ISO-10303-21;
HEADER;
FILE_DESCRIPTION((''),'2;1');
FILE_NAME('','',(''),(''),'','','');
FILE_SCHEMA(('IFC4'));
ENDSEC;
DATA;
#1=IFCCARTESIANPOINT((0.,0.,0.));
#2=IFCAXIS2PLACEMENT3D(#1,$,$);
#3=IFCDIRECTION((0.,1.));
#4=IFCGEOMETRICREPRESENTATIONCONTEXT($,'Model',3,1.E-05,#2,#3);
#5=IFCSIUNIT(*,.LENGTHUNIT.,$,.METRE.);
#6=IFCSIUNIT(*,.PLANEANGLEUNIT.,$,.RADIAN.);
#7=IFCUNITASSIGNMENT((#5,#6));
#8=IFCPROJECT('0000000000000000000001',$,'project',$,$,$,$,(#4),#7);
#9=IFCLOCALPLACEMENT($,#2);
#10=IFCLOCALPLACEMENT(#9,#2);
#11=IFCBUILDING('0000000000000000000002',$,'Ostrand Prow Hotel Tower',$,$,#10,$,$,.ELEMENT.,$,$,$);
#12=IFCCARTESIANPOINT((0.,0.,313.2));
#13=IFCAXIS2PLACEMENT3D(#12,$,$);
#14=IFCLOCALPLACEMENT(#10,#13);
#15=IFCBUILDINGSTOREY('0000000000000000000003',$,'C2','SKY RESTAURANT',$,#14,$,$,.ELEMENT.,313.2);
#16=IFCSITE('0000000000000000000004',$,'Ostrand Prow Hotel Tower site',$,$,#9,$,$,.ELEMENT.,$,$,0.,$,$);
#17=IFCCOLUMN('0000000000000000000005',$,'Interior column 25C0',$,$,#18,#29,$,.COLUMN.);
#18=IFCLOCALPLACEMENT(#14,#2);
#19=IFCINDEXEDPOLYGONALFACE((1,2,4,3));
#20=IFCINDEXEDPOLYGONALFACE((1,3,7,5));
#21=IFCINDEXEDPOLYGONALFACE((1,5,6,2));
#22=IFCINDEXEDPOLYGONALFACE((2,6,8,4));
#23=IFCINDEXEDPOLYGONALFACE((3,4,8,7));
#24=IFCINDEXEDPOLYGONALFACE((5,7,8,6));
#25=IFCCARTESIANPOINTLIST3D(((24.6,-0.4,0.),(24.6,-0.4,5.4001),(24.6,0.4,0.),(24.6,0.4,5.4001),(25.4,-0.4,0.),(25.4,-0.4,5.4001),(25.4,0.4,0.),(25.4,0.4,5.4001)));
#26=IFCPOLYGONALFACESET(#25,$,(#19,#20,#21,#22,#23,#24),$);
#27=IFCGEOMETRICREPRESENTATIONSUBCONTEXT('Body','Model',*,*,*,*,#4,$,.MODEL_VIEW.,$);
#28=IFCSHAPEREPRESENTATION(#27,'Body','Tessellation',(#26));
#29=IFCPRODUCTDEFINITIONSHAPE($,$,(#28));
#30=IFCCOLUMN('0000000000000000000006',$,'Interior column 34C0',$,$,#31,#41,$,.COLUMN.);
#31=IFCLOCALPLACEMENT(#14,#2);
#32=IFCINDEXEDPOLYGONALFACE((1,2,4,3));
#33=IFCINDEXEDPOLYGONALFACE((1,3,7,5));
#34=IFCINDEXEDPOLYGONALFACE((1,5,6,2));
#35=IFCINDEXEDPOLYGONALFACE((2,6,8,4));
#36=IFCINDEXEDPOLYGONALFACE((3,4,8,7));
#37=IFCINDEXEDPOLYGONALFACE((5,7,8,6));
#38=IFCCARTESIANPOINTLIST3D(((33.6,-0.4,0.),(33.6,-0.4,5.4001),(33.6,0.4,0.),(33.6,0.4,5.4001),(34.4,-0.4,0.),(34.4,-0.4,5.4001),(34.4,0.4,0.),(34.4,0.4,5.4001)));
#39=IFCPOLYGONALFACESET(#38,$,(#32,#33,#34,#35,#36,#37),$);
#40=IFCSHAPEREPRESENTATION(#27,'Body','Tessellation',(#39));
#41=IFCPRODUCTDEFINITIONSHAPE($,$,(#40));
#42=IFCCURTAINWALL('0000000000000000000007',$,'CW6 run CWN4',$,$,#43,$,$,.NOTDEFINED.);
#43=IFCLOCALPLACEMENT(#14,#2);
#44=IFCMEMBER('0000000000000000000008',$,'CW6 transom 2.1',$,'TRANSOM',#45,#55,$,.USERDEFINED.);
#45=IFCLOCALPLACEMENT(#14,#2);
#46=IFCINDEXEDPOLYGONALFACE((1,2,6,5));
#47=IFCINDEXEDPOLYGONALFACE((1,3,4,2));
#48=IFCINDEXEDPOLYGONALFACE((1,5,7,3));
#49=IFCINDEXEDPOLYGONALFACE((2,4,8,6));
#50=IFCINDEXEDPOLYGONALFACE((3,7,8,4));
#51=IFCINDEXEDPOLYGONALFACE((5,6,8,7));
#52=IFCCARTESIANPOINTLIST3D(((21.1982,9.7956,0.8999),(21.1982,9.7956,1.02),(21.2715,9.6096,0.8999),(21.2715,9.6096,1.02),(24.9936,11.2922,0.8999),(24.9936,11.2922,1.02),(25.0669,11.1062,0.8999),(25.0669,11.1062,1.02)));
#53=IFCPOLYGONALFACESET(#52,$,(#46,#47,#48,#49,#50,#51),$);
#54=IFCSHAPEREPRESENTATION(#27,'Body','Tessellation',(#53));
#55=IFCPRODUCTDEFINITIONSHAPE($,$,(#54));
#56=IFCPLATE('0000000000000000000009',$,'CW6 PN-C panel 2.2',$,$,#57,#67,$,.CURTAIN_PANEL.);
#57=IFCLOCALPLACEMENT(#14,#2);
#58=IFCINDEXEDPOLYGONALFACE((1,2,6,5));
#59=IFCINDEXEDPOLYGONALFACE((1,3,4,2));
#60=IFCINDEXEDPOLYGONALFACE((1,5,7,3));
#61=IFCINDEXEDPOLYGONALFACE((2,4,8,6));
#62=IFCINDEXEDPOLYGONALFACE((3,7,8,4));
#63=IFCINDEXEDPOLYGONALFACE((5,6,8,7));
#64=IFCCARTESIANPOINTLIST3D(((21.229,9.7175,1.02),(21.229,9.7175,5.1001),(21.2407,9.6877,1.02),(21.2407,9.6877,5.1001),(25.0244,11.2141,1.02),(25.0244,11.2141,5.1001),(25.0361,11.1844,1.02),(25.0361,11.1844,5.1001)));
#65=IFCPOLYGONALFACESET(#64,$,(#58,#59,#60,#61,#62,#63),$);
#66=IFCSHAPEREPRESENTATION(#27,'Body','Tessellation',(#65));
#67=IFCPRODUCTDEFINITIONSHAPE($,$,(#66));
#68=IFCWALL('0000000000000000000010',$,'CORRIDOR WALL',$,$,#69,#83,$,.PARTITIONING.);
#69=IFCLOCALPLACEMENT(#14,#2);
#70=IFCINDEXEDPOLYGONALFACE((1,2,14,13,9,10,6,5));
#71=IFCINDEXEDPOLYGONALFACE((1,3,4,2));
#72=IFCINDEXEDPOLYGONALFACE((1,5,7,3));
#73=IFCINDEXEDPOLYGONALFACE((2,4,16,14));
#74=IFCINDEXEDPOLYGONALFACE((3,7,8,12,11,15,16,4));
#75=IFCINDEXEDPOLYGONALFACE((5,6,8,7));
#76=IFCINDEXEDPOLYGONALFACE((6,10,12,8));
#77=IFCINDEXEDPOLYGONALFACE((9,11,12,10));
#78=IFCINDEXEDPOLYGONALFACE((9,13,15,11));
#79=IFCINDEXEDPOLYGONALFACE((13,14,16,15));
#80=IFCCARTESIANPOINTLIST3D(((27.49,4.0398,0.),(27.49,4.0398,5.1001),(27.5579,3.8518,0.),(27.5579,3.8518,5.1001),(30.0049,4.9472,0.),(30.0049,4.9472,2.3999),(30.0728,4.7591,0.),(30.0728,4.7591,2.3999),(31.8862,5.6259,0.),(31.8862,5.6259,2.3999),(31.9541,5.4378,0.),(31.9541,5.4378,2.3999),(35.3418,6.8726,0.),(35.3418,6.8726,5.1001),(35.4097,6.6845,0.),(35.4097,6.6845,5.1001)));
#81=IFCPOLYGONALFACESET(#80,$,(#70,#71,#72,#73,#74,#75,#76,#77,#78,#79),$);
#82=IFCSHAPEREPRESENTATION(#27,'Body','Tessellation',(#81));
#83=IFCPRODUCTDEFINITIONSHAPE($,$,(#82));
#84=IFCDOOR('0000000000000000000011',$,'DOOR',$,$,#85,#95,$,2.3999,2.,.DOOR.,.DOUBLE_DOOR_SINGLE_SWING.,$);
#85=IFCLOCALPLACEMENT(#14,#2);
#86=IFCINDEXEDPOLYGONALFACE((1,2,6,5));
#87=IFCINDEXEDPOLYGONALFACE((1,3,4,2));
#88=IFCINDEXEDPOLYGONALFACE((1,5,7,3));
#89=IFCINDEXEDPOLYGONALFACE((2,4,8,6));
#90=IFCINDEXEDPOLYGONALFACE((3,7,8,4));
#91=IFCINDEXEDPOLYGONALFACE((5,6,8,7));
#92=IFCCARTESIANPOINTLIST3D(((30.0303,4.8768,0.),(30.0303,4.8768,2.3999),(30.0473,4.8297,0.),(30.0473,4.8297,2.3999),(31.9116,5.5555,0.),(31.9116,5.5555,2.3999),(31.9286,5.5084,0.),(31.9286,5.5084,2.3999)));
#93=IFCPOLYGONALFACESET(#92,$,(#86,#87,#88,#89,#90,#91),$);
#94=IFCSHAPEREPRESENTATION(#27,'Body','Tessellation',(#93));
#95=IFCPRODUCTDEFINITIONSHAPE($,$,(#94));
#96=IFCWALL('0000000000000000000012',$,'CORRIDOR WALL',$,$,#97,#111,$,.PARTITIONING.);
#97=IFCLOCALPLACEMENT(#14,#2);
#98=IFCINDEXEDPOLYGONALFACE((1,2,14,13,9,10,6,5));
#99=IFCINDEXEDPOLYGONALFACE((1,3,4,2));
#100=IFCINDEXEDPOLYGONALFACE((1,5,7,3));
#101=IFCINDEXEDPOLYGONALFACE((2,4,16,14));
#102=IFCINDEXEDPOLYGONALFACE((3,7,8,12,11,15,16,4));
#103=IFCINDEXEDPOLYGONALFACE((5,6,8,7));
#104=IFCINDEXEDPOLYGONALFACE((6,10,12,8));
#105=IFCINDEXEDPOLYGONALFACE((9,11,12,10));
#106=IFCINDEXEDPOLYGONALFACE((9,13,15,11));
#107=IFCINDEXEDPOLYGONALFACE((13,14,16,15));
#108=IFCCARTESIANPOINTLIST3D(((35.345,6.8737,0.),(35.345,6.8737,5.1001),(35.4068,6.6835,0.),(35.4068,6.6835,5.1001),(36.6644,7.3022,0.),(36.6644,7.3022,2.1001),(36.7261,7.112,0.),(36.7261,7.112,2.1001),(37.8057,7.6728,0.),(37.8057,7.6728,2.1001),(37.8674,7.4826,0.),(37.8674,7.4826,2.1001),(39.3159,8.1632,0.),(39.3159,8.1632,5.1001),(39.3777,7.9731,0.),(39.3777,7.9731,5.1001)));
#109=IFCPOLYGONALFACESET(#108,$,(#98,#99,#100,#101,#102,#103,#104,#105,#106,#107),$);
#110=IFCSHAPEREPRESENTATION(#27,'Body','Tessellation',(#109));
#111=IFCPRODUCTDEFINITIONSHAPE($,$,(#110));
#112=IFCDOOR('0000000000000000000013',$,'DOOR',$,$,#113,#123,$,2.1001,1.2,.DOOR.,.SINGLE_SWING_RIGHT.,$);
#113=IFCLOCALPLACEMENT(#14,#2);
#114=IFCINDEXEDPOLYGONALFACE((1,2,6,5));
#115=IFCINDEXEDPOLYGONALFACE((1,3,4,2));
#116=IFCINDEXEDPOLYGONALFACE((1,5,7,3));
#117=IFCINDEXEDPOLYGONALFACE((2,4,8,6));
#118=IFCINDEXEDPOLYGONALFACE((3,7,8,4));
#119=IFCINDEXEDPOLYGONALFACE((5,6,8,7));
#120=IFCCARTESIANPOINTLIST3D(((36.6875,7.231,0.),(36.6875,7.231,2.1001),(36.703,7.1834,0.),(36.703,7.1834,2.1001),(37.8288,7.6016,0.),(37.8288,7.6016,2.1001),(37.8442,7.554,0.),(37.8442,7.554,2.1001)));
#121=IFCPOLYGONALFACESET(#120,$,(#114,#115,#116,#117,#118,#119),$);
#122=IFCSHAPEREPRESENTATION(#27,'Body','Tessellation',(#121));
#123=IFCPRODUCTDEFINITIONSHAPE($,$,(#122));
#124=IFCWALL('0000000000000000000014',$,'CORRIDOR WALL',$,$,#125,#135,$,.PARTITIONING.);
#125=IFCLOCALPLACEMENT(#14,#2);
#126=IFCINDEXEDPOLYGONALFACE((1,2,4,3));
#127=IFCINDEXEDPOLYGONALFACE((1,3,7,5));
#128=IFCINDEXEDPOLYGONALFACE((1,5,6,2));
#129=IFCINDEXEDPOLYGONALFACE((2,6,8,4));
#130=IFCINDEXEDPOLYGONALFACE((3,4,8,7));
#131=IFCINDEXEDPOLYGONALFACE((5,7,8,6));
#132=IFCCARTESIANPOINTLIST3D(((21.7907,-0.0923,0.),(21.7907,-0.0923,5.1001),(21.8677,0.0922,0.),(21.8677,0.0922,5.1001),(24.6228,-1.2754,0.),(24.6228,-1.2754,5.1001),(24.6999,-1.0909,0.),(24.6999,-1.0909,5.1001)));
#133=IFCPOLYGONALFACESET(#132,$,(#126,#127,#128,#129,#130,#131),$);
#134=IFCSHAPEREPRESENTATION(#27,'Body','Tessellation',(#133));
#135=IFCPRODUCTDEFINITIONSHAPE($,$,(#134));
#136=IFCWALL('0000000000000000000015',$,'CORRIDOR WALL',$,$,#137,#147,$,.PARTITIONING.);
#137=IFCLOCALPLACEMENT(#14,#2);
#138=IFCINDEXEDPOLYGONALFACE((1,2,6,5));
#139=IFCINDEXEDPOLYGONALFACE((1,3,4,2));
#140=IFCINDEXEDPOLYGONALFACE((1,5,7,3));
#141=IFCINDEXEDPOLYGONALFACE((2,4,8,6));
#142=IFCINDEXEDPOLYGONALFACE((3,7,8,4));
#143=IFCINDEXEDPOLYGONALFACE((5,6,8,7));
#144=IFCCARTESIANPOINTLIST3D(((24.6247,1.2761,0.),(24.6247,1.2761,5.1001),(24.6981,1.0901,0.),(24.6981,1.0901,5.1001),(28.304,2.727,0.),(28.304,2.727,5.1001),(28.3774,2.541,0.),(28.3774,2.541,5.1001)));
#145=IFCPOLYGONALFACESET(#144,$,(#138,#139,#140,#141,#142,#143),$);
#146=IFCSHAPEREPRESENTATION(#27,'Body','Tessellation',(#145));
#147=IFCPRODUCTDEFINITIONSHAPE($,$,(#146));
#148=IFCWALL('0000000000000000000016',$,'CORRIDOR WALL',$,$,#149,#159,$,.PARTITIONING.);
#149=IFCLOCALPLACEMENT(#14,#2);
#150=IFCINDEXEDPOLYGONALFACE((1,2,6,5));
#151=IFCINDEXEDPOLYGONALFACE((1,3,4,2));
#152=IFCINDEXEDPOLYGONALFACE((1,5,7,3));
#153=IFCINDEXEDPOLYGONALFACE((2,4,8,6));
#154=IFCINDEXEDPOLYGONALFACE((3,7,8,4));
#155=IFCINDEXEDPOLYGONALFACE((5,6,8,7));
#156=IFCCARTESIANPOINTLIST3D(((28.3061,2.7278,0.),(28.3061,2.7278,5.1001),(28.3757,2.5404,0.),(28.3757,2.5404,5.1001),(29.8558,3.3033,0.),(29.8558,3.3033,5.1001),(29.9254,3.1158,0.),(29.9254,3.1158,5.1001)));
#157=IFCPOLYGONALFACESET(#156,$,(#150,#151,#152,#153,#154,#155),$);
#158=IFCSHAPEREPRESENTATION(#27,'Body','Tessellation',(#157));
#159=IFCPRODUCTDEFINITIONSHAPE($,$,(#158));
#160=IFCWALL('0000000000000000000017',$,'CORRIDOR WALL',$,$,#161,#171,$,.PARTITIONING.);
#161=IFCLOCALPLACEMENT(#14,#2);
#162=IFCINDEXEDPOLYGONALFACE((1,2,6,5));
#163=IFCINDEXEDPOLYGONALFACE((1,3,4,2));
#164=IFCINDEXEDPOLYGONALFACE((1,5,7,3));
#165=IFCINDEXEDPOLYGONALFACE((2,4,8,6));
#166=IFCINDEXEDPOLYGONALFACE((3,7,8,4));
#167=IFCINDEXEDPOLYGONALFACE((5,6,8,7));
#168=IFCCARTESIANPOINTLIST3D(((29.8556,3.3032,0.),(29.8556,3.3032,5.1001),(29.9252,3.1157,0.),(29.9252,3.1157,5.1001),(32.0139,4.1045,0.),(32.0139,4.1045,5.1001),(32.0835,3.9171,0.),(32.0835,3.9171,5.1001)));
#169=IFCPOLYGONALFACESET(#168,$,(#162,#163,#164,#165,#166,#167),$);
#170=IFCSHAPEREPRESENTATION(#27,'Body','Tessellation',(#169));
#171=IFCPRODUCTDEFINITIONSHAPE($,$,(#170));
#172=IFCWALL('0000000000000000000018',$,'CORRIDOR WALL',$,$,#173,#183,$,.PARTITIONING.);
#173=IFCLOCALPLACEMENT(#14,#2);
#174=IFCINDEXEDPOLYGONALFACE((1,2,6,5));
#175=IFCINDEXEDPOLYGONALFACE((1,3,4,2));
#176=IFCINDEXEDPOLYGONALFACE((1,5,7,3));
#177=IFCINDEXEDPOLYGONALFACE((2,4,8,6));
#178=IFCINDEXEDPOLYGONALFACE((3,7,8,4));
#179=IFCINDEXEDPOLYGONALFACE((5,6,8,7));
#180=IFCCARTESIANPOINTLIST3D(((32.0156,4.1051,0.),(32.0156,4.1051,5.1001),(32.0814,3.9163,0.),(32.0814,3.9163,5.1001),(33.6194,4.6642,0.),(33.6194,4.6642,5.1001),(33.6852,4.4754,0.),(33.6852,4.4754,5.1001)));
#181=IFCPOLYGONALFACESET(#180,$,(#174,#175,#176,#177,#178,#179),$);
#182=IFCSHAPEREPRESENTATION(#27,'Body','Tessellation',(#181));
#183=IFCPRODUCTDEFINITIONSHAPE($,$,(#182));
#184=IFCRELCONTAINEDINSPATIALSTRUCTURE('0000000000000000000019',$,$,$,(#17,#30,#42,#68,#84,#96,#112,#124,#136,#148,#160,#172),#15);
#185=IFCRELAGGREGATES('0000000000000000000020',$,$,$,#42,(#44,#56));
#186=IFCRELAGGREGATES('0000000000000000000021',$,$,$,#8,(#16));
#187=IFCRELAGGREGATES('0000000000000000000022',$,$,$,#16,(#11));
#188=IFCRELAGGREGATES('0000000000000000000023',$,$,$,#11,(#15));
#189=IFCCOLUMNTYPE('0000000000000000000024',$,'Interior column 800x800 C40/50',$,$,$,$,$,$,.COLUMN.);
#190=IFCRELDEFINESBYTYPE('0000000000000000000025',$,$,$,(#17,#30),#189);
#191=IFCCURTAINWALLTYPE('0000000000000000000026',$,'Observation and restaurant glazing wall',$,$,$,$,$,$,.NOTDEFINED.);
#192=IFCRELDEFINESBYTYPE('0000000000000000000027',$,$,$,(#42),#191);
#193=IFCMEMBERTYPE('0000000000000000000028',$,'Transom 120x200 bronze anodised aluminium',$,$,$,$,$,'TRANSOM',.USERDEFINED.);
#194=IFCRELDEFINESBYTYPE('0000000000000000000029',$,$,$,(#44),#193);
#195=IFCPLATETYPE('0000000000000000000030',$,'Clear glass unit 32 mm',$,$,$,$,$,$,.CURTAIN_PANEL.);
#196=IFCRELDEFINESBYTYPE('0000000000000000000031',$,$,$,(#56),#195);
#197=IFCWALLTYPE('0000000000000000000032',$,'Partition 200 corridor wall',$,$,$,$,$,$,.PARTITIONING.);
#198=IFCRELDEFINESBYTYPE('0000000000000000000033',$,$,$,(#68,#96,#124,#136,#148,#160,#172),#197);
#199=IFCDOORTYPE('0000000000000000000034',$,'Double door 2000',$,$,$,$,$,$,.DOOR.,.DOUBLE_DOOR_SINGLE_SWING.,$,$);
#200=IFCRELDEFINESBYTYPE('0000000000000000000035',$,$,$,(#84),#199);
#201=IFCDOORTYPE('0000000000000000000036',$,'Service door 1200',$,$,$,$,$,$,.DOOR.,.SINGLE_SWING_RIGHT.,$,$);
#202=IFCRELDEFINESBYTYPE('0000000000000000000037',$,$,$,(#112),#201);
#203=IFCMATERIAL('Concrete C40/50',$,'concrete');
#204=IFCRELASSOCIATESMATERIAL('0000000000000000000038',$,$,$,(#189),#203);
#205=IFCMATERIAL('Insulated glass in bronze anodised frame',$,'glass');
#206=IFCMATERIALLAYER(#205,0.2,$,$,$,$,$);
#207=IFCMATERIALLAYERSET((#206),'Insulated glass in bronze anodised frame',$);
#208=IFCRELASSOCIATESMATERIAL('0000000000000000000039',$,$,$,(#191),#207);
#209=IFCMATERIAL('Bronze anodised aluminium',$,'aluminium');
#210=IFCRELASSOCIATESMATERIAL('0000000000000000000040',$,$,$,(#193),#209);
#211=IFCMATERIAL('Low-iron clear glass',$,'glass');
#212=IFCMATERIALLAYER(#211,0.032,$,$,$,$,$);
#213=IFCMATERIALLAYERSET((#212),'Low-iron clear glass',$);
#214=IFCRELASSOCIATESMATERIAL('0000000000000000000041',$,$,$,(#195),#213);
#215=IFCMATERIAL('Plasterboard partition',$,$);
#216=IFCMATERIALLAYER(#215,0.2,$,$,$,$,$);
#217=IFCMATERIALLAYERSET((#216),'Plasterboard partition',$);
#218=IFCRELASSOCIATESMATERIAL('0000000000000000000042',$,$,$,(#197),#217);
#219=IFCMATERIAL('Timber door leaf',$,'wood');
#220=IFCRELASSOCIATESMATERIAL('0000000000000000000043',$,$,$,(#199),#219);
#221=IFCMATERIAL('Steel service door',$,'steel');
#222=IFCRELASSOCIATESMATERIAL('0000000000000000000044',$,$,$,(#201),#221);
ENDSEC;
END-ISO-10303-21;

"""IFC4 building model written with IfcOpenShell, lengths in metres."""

from ifc_helpers import new_model, si_unit, direction, frame, frame_2d, origin, origin_2d, place, context, subcontext, project, spatial, rectangle, extrude, material, layer, layer_set, material_profile, profile_set, type_object, element, fill, aggregate, save


model = new_model("IFC4")

# Units and contexts
model_context = context("Model", 3, precision=1e-05, world=origin(), true_north=direction((0.0, 1.0)))
body_context = subcontext(model_context, "Body", "Model", "MODEL_VIEW")
ifc_project = project(units=[si_unit("LENGTHUNIT", "METRE"), si_unit("PLANEANGLEUNIT", "RADIAN")], contexts=[model_context])

# Site, building, storey
site_placement = place(None, origin())
site = spatial("IfcSite", under=ifc_project, at=site_placement, Name="Ostrand Prow Hotel Tower site", CompositionType="ELEMENT", RefElevation=0.0)
building_placement = place(site_placement, origin())
building = spatial("IfcBuilding", under=site, at=building_placement, Name="Ostrand Prow Hotel Tower", CompositionType="ELEMENT")
storey_placement = place(building_placement, frame((0.0, 0.0, 313.2)))
storey = spatial("IfcBuildingStorey", under=building, at=storey_placement, Name="C2", Description="SKY RESTAURANT", CompositionType="ELEMENT", Elevation=313.2)

# Columns
ifc_material_1 = material(Name="Concrete C40/50", Category="concrete")
ifc_material_profile_1 = material_profile(ifc_material_1, rectangle(XDim=0.8, YDim=0.8, at=origin_2d()), Name="RC 800x800")
ifc_profile_set_1 = profile_set([ifc_material_profile_1], Name="Concrete C40/50")
column_type = type_object("IfcColumnType", Name="Interior column 800x800 C40/50", PredefinedType="COLUMN", material=ifc_profile_set_1)
for number, where, z_axis, x_axis, name in (
    (1, (25.0, 0.0, 0.0), (0.0, 0.0, 1.0), (1.0, 0.0, 0.0), "Interior column 25C0"),
    (2, (34.0, 0.0, 0.0), (0.0, 0.0, 1.0), (1.0, 0.0, 0.0), "Interior column 34C0"),
):
    element("IfcColumn", number, at=place(storey_placement, frame(where, z_axis=z_axis, x_axis=x_axis)), inside=storey, type_object=column_type, Name=name, PredefinedType="COLUMN", context=body_context, shape_type="SweptSolid", body=[
        extrude(rectangle(XDim=0.8, YDim=0.8, at=origin_2d()), origin(), (0.0, 0.0, 1.0), 5.4001),
    ])

# Curtain wall, member, plate
ifc_material_2 = material(Name="Insulated glass in bronze anodised frame", Category="glass")
ifc_layer_1 = layer(ifc_material_2, 0.2)
ifc_layer_set_1 = layer_set([ifc_layer_1], Name="Insulated glass in bronze anodised frame")
curtain_wall_type = type_object("IfcCurtainWallType", Name="Observation and restaurant glazing wall", PredefinedType="NOTDEFINED", material=ifc_layer_set_1)
curtain_wall_placement = place(storey_placement, origin())
curtain_wall = element("IfcCurtainWall", 3, at=curtain_wall_placement, inside=storey, type_object=curtain_wall_type, Name="CW6 run CWN4", PredefinedType="NOTDEFINED")
ifc_material_3 = material(Name="Bronze anodised aluminium", Category="aluminium")
ifc_material_profile_2 = material_profile(ifc_material_3, rectangle(XDim=0.2, YDim=0.1201, at=origin_2d()), Name="Transom 120x200 bronze anodised aluminium")
ifc_profile_set_2 = profile_set([ifc_material_profile_2], Name="Bronze anodised aluminium")
member_type = type_object("IfcMemberType", Name="Transom 120x200 bronze anodised aluminium", ElementType="TRANSOM", PredefinedType="USERDEFINED", material=ifc_profile_set_2)
member_placement = place(storey_placement, frame((25.0303, 11.1992, 0.96), z_axis=(-0.93029, -0.366826, 0.0), x_axis=(0.366826, -0.93029, 0.0)))
member = element("IfcMember", 4, at=member_placement, type_object=member_type, Name="CW6 transom 2.1", ObjectType="TRANSOM", PredefinedType="USERDEFINED", context=body_context, shape_type="SweptSolid", body=[
    extrude(rectangle(XDim=0.2, YDim=0.1201, at=origin_2d()), origin(), (0.0, 0.0, 1.0), 4.0798),
])
ifc_material_4 = material(Name="Low-iron clear glass", Category="glass")
ifc_layer_2 = layer(ifc_material_4, 0.032)
ifc_layer_set_2 = layer_set([ifc_layer_2], Name="Low-iron clear glass")
plate_type = type_object("IfcPlateType", Name="Clear glass unit 32 mm", PredefinedType="CURTAIN_PANEL", material=ifc_layer_set_2)
plate_placement = place(storey_placement, frame((23.1326, 10.4509, 1.02), z_axis=(0.0, 0.0, 1.0), x_axis=(-0.930282, -0.366845, 0.0)))
plate = element("IfcPlate", 5, at=plate_placement, type_object=plate_type, Name="CW6 PN-C panel 2.2", PredefinedType="CURTAIN_PANEL", context=body_context, shape_type="SweptSolid", body=[
    extrude(rectangle(XDim=4.0798, YDim=0.032, at=origin_2d()), origin(), (0.0, 0.0, 1.0), 4.0801),
])
aggregate(curtain_wall, [member, plate])

# Walls, openings, doors
ifc_material_5 = material(Name="Plasterboard partition")
ifc_layer_3 = layer(ifc_material_5, 0.2)
ifc_layer_set_3 = layer_set([ifc_layer_3], Name="Plasterboard partition")
wall_type_1 = type_object("IfcWallType", Name="Partition 200 corridor wall", PredefinedType="PARTITIONING", material=ifc_layer_set_3)
wall_1_placement = place(storey_placement, frame((35.3757, 6.7786, 0.0), z_axis=(0.0, 0.0, 1.0), x_axis=(-0.940654, -0.339368, 0.0)))
wall_1 = element("IfcWall", 6, at=wall_1_placement, inside=storey, type_object=wall_type_1, Name="CORRIDOR WALL", PredefinedType="PARTITIONING", context=body_context, shape_type="SweptSolid", body=[
    extrude(rectangle(XDim=8.3472, YDim=0.2, at=frame_2d((4.1736, 0.0))), origin(), (0.0, 0.0, 1.0), 5.1001),
])
opening_1_placement = place(wall_1_placement, frame((3.6736, 0.0, 0.0)))
opening_1 = element("IfcOpeningElement", 7, at=opening_1_placement, cuts=wall_1, PredefinedType="OPENING", context=body_context, shape_type="SweptSolid", body=[
    extrude(rectangle(XDim=2.0, YDim=2.3999, at=frame_2d((1.0, 1.2))), frame((0.0, 0.1099, 0.0), z_axis=(0.0, -1.0, 0.0), x_axis=(1.0, 0.0, 0.0)), (0.0, 0.0, 1.0), 0.22),
])
ifc_material_6 = material(Name="Timber door leaf", Category="wood")
door_type_1 = type_object("IfcDoorType", Name="Double door 2000", OperationType="DOUBLE_DOOR_SINGLE_SWING", PredefinedType="DOOR", material=ifc_material_6)
door_1_placement = place(opening_1_placement, origin())
door_1 = element("IfcDoor", 8, at=door_1_placement, inside=storey, type_object=door_type_1, Name="DOOR", OperationType="DOUBLE_DOOR_SINGLE_SWING", OverallHeight=2.3999, OverallWidth=2.0, PredefinedType="DOOR", context=body_context, shape_type="SweptSolid", body=[
    extrude(rectangle(XDim=2.0, YDim=2.3999, at=frame_2d((1.0, 1.2))), frame((0.0, 0.0249, 0.0), z_axis=(0.0, -1.0, 0.0), x_axis=(1.0, 0.0, 0.0)), (0.0, 0.0, 1.0), 0.05),
])
fill(opening_1, door_1)
wall_2_placement = place(storey_placement, frame((39.3467, 8.0681, 0.0), z_axis=(0.0, 0.0, 1.0), x_axis=(-0.951105, -0.308868, 0.0)))
wall_2 = element("IfcWall", 9, at=wall_2_placement, inside=storey, type_object=wall_type_1, Name="CORRIDOR WALL", PredefinedType="PARTITIONING", context=body_context, shape_type="SweptSolid", body=[
    extrude(rectangle(XDim=4.175, YDim=0.2, at=frame_2d((2.0874, 0.0))), origin(), (0.0, 0.0, 1.0), 5.1001),
])
opening_2_placement = place(wall_2_placement, frame((1.5876, 0.0, 0.0)))
opening_2 = element("IfcOpeningElement", 10, at=opening_2_placement, cuts=wall_2, PredefinedType="OPENING", context=body_context, shape_type="SweptSolid", body=[
    extrude(rectangle(XDim=1.2, YDim=2.1001, at=frame_2d((0.6001, 1.05))), frame((0.0, 0.1099, 0.0), z_axis=(0.0, -1.0, 0.0), x_axis=(1.0, 0.0, 0.0)), (0.0, 0.0, 1.0), 0.22),
])
ifc_material_7 = material(Name="Steel service door", Category="steel")
door_type_2 = type_object("IfcDoorType", Name="Service door 1200", OperationType="SINGLE_SWING_RIGHT", PredefinedType="DOOR", material=ifc_material_7)
door_2_placement = place(opening_2_placement, origin())
door_2 = element("IfcDoor", 11, at=door_2_placement, inside=storey, type_object=door_type_2, Name="DOOR", OperationType="SINGLE_SWING_RIGHT", OverallHeight=2.1001, OverallWidth=1.2, PredefinedType="DOOR", context=body_context, shape_type="SweptSolid", body=[
    extrude(rectangle(XDim=1.2, YDim=2.1001, at=frame_2d((0.6001, 1.05))), frame((0.0, 0.0249, 0.0), z_axis=(0.0, -1.0, 0.0), x_axis=(1.0, 0.0, 0.0)), (0.0, 0.0, 1.0), 0.05),
])
fill(opening_2, door_2)

# Walls
wall_3_placement = place(storey_placement, frame((24.6614, -1.1831, 0.0), z_axis=(0.0, 0.0, 1.0), x_axis=(-0.922731, 0.385445, 0.0)))
element("IfcWall", 12, at=wall_3_placement, inside=storey, type_object=wall_type_1, Name="CORRIDOR WALL", PredefinedType="PARTITIONING", context=body_context, shape_type="SweptSolid", body=[
    extrude(rectangle(XDim=3.0693, YDim=0.2, at=frame_2d((1.5347, 0.0))), origin(), (0.0, 0.0, 1.0), 5.1001),
])
wall_4_placement = place(storey_placement, frame((24.6614, 1.1831, 0.0), z_axis=(0.0, 0.0, 1.0), x_axis=(0.930283, 0.366842, 0.0)))
element("IfcWall", 13, at=wall_4_placement, inside=storey, type_object=wall_type_1, Name="CORRIDOR WALL", PredefinedType="PARTITIONING", context=body_context, shape_type="SweptSolid", body=[
    extrude(rectangle(XDim=3.9551, YDim=0.2, at=frame_2d((1.9775, 0.0))), origin(), (0.0, 0.0, 1.0), 5.1001),
])
wall_5_placement = place(storey_placement, frame((28.3408, 2.634, 0.0), z_axis=(0.0, 0.0, 1.0), x_axis=(0.937447, 0.348127, 0.0)))
element("IfcWall", 14, at=wall_5_placement, inside=storey, type_object=wall_type_1, Name="CORRIDOR WALL", PredefinedType="PARTITIONING", context=body_context, shape_type="SweptSolid", body=[
    extrude(rectangle(XDim=1.6531, YDim=0.2, at=frame_2d((0.8267, 0.0))), origin(), (0.0, 0.0, 1.0), 5.1001),
])
wall_6_placement = place(storey_placement, frame((29.8904, 3.2095, 0.0), z_axis=(0.0, 0.0, 1.0), x_axis=(0.937475, 0.348053, 0.0)))
element("IfcWall", 15, at=wall_6_placement, inside=storey, type_object=wall_type_1, Name="CORRIDOR WALL", PredefinedType="PARTITIONING", context=body_context, shape_type="SweptSolid", body=[
    extrude(rectangle(XDim=2.3022, YDim=0.2, at=frame_2d((1.1511, 0.0))), origin(), (0.0, 0.0, 1.0), 5.1001),
])
wall_7_placement = place(storey_placement, frame((32.0486, 4.0107, 0.0), z_axis=(0.0, 0.0, 1.0), x_axis=(0.944268, 0.329178, 0.0)))
element("IfcWall", 16, at=wall_7_placement, inside=storey, type_object=wall_type_1, Name="CORRIDOR WALL", PredefinedType="PARTITIONING", context=body_context, shape_type="SweptSolid", body=[
    extrude(rectangle(XDim=1.6985, YDim=0.2, at=frame_2d((0.8491, 0.0))), origin(), (0.0, 0.0, 1.0), 5.1001),
])

save(model, "model.ifc")
